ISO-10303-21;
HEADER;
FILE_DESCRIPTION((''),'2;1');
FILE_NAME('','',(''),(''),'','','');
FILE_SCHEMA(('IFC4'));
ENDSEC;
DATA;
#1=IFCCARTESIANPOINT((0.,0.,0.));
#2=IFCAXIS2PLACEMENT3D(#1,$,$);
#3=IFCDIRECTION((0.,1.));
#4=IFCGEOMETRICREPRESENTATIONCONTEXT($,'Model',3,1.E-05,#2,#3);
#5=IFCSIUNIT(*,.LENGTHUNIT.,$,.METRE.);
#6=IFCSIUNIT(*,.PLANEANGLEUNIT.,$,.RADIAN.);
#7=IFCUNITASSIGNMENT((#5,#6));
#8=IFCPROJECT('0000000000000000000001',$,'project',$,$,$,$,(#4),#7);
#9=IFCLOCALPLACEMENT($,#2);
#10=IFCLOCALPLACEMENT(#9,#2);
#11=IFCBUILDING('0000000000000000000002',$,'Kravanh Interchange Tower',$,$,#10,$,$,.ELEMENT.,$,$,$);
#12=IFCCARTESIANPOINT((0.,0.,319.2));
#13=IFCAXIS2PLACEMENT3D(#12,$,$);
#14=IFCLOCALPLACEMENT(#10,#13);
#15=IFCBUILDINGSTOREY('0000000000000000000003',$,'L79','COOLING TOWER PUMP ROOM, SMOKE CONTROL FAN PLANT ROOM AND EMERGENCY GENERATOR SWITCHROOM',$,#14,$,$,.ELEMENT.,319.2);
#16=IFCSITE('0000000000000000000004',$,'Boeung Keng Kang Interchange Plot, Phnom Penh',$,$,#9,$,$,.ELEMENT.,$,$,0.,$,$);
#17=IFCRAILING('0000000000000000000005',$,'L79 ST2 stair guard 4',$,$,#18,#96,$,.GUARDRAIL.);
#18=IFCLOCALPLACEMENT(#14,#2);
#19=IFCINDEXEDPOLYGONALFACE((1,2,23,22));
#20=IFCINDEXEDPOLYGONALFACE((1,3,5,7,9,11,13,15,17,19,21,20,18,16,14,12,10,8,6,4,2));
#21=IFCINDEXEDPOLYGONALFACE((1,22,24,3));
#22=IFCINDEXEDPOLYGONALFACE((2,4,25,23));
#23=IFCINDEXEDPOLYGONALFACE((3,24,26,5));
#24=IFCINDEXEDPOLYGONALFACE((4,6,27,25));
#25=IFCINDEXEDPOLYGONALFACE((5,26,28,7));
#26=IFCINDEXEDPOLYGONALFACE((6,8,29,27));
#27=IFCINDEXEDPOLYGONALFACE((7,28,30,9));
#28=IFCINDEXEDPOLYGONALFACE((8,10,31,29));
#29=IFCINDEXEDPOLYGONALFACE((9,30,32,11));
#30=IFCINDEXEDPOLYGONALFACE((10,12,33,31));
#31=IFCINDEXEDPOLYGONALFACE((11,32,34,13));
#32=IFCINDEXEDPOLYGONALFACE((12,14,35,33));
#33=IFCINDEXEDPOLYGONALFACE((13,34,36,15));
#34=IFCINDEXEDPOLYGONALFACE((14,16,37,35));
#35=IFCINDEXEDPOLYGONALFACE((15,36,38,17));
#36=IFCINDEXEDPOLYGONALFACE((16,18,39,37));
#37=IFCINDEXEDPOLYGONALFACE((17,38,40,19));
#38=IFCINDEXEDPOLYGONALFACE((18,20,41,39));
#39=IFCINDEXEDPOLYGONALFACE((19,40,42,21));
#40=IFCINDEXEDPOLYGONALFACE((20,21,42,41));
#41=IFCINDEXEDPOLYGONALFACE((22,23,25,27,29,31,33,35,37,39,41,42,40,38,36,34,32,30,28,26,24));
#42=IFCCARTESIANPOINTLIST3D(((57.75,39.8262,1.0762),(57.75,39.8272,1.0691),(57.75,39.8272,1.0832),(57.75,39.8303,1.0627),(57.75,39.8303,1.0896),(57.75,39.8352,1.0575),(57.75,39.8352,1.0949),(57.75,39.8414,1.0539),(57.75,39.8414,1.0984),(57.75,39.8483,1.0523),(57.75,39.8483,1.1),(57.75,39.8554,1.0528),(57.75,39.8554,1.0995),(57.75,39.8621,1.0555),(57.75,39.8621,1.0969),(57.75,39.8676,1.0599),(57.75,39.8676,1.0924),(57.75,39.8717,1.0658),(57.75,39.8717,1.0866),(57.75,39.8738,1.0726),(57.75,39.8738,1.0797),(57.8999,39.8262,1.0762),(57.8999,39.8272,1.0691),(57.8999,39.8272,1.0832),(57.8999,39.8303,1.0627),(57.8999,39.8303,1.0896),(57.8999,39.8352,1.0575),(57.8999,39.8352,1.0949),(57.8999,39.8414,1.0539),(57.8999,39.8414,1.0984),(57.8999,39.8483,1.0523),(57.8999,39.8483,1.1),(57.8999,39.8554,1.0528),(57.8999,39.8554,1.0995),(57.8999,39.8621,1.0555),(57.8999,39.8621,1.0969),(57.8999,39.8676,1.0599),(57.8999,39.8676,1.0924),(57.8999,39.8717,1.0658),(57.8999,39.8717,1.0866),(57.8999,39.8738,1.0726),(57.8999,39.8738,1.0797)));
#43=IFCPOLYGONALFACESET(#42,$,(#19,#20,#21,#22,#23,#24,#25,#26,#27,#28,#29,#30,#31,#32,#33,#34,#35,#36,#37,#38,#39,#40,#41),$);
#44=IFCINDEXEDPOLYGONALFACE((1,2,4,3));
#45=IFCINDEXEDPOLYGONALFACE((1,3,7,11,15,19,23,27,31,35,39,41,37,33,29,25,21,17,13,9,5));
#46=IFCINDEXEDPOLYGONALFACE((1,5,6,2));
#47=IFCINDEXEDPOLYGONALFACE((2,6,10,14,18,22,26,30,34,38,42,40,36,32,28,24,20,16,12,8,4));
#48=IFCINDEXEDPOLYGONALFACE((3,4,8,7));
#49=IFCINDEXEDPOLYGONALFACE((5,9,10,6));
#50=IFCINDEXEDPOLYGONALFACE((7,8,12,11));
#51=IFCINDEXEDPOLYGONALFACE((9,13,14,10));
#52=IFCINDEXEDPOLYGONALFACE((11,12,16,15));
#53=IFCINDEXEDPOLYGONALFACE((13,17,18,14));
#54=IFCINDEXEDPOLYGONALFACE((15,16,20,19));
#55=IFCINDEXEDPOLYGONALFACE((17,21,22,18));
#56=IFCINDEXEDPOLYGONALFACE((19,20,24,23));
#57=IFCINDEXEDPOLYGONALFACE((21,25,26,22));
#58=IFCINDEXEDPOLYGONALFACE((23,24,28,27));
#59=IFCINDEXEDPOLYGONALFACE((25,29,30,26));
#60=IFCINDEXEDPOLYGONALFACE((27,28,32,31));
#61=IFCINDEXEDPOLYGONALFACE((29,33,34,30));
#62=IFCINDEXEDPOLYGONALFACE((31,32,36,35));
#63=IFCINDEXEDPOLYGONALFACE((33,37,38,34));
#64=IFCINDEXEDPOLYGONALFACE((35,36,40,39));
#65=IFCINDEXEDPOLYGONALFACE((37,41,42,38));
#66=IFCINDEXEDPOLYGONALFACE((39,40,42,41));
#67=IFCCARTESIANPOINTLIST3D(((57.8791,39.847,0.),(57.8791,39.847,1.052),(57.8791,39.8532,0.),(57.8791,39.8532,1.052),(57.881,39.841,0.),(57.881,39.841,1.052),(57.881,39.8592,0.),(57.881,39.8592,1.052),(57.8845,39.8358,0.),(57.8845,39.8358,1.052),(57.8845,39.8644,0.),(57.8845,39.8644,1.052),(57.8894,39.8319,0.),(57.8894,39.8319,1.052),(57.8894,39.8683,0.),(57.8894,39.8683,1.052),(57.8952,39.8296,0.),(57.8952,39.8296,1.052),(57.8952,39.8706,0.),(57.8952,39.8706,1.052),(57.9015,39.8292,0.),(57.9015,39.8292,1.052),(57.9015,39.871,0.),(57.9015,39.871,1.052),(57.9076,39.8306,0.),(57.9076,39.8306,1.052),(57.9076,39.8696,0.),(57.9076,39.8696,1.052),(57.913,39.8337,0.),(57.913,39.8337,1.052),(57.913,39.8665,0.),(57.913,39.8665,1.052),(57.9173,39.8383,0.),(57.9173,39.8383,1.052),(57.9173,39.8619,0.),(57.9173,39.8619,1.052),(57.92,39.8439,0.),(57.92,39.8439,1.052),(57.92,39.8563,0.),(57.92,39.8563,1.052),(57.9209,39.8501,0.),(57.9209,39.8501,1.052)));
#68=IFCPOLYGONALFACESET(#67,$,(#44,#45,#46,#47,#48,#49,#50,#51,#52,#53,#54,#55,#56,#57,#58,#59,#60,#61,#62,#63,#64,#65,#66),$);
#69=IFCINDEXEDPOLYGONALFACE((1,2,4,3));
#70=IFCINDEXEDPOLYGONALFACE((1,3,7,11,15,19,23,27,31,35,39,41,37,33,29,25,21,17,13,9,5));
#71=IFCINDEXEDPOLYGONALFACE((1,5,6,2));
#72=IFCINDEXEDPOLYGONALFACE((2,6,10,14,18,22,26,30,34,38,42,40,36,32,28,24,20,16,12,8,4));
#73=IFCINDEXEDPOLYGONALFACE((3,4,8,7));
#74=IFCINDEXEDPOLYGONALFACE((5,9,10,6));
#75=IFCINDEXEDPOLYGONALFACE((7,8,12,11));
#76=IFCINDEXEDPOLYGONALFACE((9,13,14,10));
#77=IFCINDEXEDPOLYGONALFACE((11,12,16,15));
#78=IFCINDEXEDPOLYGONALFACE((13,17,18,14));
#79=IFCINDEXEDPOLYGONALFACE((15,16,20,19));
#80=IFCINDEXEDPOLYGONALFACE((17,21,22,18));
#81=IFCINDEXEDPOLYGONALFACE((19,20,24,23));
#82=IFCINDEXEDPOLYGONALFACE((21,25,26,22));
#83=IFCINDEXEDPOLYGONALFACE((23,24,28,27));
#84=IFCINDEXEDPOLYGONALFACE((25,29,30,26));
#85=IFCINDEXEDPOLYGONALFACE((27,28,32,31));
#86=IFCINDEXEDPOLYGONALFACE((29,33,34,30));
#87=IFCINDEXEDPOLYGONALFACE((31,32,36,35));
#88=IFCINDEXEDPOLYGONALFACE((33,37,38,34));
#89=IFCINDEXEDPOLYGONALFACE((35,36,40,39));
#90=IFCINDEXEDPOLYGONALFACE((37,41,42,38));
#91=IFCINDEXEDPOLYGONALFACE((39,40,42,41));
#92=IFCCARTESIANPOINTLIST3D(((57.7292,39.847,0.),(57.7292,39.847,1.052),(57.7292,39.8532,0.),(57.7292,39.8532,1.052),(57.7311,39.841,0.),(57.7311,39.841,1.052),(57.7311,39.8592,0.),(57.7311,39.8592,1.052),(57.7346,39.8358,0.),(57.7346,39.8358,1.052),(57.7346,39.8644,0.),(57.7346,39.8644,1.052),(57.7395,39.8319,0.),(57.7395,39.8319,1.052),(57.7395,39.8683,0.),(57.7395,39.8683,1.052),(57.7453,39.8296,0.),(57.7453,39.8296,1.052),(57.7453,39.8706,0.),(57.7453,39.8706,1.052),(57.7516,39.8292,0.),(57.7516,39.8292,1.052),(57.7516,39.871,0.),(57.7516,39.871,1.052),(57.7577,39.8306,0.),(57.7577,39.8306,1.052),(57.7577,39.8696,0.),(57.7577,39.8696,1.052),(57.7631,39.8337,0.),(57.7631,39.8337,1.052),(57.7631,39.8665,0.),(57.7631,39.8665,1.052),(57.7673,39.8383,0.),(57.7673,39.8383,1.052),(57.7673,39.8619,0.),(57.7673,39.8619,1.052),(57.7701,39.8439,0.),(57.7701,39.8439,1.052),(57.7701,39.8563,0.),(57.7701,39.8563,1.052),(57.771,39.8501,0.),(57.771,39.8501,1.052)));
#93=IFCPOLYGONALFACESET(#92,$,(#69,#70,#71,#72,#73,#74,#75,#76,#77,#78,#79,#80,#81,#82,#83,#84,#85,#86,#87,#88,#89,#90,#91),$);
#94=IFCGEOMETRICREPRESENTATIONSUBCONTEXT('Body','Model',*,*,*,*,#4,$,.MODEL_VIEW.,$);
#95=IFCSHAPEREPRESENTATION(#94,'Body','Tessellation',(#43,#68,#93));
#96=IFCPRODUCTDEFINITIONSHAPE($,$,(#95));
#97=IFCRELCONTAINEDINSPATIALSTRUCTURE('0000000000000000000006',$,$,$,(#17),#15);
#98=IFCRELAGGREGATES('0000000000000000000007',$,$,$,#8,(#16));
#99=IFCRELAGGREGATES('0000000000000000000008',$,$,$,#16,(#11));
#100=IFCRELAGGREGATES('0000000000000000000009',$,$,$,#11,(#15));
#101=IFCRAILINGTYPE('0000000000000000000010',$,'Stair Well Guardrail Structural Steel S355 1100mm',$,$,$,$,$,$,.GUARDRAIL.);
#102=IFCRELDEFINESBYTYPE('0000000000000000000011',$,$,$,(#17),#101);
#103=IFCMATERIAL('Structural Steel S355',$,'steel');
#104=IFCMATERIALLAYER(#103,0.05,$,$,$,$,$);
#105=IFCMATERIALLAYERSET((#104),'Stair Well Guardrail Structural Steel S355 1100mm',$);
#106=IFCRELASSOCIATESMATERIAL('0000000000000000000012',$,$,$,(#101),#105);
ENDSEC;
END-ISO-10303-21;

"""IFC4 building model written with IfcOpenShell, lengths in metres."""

from ifc_helpers import new_model, si_unit, direction, frame, origin, origin_2d, place, context, subcontext, project, spatial, circle, extrude, material, layer, layer_set, type_object, element, save


model = new_model("IFC4")

# Units and contexts
model_context = context("Model", 3, precision=1e-05, world=origin(), true_north=direction((0.0, 1.0)))
body_context = subcontext(model_context, "Body", "Model", "MODEL_VIEW")
ifc_project = project(units=[si_unit("LENGTHUNIT", "METRE"), si_unit("PLANEANGLEUNIT", "RADIAN")], contexts=[model_context])

# Site, building, storey
site_placement = place(None, origin())
site = spatial("IfcSite", under=ifc_project, at=site_placement, Name="Boeung Keng Kang Interchange Plot, Phnom Penh", CompositionType="ELEMENT", RefElevation=0.0)
building_placement = place(site_placement, origin())
building = spatial("IfcBuilding", under=site, at=building_placement, Name="Kravanh Interchange Tower", CompositionType="ELEMENT")
storey_placement = place(building_placement, frame((0.0, 0.0, 319.2)))
storey = spatial("IfcBuildingStorey", under=building, at=storey_placement, Name="L79", Description="COOLING TOWER PUMP ROOM, SMOKE CONTROL FAN PLANT ROOM AND EMERGENCY GENERATOR SWITCHROOM", CompositionType="ELEMENT", Elevation=319.2)

# Railing
ifc_material_1 = material(Name="Structural Steel S355", Category="steel")
ifc_layer_1 = layer(ifc_material_1, 0.05)
ifc_layer_set_1 = layer_set([ifc_layer_1], Name="Stair Well Guardrail Structural Steel S355 1100mm")
railing_type = type_object("IfcRailingType", Name="Stair Well Guardrail Structural Steel S355 1100mm", PredefinedType="GUARDRAIL", material=ifc_layer_set_1)
railing_placement = place(storey_placement, frame((57.8999, 39.8501, 0.0)))
element("IfcRailing", 1, at=railing_placement, inside=storey, type_object=railing_type, Name="L79 ST2 stair guard 4", PredefinedType="GUARDRAIL", context=body_context, shape_type="SweptSolid", body=[
    extrude(circle(Radius=0.0239, at=origin_2d()), frame((0.0, 0.0, 1.0762), z_axis=(-1.0, 0.0, 0.0), x_axis=(0.0, -1.0, 0.0)), (0.0, 0.0, 1.0), 0.1499),
    extrude(circle(Radius=0.021, at=origin_2d()), origin(), (0.0, 0.0, 1.0), 1.052),
    extrude(circle(Radius=0.021, at=origin_2d()), frame((-0.1499, 0.0, 0.0)), (0.0, 0.0, 1.0), 1.052),
])

save(model, "model.ifc")
